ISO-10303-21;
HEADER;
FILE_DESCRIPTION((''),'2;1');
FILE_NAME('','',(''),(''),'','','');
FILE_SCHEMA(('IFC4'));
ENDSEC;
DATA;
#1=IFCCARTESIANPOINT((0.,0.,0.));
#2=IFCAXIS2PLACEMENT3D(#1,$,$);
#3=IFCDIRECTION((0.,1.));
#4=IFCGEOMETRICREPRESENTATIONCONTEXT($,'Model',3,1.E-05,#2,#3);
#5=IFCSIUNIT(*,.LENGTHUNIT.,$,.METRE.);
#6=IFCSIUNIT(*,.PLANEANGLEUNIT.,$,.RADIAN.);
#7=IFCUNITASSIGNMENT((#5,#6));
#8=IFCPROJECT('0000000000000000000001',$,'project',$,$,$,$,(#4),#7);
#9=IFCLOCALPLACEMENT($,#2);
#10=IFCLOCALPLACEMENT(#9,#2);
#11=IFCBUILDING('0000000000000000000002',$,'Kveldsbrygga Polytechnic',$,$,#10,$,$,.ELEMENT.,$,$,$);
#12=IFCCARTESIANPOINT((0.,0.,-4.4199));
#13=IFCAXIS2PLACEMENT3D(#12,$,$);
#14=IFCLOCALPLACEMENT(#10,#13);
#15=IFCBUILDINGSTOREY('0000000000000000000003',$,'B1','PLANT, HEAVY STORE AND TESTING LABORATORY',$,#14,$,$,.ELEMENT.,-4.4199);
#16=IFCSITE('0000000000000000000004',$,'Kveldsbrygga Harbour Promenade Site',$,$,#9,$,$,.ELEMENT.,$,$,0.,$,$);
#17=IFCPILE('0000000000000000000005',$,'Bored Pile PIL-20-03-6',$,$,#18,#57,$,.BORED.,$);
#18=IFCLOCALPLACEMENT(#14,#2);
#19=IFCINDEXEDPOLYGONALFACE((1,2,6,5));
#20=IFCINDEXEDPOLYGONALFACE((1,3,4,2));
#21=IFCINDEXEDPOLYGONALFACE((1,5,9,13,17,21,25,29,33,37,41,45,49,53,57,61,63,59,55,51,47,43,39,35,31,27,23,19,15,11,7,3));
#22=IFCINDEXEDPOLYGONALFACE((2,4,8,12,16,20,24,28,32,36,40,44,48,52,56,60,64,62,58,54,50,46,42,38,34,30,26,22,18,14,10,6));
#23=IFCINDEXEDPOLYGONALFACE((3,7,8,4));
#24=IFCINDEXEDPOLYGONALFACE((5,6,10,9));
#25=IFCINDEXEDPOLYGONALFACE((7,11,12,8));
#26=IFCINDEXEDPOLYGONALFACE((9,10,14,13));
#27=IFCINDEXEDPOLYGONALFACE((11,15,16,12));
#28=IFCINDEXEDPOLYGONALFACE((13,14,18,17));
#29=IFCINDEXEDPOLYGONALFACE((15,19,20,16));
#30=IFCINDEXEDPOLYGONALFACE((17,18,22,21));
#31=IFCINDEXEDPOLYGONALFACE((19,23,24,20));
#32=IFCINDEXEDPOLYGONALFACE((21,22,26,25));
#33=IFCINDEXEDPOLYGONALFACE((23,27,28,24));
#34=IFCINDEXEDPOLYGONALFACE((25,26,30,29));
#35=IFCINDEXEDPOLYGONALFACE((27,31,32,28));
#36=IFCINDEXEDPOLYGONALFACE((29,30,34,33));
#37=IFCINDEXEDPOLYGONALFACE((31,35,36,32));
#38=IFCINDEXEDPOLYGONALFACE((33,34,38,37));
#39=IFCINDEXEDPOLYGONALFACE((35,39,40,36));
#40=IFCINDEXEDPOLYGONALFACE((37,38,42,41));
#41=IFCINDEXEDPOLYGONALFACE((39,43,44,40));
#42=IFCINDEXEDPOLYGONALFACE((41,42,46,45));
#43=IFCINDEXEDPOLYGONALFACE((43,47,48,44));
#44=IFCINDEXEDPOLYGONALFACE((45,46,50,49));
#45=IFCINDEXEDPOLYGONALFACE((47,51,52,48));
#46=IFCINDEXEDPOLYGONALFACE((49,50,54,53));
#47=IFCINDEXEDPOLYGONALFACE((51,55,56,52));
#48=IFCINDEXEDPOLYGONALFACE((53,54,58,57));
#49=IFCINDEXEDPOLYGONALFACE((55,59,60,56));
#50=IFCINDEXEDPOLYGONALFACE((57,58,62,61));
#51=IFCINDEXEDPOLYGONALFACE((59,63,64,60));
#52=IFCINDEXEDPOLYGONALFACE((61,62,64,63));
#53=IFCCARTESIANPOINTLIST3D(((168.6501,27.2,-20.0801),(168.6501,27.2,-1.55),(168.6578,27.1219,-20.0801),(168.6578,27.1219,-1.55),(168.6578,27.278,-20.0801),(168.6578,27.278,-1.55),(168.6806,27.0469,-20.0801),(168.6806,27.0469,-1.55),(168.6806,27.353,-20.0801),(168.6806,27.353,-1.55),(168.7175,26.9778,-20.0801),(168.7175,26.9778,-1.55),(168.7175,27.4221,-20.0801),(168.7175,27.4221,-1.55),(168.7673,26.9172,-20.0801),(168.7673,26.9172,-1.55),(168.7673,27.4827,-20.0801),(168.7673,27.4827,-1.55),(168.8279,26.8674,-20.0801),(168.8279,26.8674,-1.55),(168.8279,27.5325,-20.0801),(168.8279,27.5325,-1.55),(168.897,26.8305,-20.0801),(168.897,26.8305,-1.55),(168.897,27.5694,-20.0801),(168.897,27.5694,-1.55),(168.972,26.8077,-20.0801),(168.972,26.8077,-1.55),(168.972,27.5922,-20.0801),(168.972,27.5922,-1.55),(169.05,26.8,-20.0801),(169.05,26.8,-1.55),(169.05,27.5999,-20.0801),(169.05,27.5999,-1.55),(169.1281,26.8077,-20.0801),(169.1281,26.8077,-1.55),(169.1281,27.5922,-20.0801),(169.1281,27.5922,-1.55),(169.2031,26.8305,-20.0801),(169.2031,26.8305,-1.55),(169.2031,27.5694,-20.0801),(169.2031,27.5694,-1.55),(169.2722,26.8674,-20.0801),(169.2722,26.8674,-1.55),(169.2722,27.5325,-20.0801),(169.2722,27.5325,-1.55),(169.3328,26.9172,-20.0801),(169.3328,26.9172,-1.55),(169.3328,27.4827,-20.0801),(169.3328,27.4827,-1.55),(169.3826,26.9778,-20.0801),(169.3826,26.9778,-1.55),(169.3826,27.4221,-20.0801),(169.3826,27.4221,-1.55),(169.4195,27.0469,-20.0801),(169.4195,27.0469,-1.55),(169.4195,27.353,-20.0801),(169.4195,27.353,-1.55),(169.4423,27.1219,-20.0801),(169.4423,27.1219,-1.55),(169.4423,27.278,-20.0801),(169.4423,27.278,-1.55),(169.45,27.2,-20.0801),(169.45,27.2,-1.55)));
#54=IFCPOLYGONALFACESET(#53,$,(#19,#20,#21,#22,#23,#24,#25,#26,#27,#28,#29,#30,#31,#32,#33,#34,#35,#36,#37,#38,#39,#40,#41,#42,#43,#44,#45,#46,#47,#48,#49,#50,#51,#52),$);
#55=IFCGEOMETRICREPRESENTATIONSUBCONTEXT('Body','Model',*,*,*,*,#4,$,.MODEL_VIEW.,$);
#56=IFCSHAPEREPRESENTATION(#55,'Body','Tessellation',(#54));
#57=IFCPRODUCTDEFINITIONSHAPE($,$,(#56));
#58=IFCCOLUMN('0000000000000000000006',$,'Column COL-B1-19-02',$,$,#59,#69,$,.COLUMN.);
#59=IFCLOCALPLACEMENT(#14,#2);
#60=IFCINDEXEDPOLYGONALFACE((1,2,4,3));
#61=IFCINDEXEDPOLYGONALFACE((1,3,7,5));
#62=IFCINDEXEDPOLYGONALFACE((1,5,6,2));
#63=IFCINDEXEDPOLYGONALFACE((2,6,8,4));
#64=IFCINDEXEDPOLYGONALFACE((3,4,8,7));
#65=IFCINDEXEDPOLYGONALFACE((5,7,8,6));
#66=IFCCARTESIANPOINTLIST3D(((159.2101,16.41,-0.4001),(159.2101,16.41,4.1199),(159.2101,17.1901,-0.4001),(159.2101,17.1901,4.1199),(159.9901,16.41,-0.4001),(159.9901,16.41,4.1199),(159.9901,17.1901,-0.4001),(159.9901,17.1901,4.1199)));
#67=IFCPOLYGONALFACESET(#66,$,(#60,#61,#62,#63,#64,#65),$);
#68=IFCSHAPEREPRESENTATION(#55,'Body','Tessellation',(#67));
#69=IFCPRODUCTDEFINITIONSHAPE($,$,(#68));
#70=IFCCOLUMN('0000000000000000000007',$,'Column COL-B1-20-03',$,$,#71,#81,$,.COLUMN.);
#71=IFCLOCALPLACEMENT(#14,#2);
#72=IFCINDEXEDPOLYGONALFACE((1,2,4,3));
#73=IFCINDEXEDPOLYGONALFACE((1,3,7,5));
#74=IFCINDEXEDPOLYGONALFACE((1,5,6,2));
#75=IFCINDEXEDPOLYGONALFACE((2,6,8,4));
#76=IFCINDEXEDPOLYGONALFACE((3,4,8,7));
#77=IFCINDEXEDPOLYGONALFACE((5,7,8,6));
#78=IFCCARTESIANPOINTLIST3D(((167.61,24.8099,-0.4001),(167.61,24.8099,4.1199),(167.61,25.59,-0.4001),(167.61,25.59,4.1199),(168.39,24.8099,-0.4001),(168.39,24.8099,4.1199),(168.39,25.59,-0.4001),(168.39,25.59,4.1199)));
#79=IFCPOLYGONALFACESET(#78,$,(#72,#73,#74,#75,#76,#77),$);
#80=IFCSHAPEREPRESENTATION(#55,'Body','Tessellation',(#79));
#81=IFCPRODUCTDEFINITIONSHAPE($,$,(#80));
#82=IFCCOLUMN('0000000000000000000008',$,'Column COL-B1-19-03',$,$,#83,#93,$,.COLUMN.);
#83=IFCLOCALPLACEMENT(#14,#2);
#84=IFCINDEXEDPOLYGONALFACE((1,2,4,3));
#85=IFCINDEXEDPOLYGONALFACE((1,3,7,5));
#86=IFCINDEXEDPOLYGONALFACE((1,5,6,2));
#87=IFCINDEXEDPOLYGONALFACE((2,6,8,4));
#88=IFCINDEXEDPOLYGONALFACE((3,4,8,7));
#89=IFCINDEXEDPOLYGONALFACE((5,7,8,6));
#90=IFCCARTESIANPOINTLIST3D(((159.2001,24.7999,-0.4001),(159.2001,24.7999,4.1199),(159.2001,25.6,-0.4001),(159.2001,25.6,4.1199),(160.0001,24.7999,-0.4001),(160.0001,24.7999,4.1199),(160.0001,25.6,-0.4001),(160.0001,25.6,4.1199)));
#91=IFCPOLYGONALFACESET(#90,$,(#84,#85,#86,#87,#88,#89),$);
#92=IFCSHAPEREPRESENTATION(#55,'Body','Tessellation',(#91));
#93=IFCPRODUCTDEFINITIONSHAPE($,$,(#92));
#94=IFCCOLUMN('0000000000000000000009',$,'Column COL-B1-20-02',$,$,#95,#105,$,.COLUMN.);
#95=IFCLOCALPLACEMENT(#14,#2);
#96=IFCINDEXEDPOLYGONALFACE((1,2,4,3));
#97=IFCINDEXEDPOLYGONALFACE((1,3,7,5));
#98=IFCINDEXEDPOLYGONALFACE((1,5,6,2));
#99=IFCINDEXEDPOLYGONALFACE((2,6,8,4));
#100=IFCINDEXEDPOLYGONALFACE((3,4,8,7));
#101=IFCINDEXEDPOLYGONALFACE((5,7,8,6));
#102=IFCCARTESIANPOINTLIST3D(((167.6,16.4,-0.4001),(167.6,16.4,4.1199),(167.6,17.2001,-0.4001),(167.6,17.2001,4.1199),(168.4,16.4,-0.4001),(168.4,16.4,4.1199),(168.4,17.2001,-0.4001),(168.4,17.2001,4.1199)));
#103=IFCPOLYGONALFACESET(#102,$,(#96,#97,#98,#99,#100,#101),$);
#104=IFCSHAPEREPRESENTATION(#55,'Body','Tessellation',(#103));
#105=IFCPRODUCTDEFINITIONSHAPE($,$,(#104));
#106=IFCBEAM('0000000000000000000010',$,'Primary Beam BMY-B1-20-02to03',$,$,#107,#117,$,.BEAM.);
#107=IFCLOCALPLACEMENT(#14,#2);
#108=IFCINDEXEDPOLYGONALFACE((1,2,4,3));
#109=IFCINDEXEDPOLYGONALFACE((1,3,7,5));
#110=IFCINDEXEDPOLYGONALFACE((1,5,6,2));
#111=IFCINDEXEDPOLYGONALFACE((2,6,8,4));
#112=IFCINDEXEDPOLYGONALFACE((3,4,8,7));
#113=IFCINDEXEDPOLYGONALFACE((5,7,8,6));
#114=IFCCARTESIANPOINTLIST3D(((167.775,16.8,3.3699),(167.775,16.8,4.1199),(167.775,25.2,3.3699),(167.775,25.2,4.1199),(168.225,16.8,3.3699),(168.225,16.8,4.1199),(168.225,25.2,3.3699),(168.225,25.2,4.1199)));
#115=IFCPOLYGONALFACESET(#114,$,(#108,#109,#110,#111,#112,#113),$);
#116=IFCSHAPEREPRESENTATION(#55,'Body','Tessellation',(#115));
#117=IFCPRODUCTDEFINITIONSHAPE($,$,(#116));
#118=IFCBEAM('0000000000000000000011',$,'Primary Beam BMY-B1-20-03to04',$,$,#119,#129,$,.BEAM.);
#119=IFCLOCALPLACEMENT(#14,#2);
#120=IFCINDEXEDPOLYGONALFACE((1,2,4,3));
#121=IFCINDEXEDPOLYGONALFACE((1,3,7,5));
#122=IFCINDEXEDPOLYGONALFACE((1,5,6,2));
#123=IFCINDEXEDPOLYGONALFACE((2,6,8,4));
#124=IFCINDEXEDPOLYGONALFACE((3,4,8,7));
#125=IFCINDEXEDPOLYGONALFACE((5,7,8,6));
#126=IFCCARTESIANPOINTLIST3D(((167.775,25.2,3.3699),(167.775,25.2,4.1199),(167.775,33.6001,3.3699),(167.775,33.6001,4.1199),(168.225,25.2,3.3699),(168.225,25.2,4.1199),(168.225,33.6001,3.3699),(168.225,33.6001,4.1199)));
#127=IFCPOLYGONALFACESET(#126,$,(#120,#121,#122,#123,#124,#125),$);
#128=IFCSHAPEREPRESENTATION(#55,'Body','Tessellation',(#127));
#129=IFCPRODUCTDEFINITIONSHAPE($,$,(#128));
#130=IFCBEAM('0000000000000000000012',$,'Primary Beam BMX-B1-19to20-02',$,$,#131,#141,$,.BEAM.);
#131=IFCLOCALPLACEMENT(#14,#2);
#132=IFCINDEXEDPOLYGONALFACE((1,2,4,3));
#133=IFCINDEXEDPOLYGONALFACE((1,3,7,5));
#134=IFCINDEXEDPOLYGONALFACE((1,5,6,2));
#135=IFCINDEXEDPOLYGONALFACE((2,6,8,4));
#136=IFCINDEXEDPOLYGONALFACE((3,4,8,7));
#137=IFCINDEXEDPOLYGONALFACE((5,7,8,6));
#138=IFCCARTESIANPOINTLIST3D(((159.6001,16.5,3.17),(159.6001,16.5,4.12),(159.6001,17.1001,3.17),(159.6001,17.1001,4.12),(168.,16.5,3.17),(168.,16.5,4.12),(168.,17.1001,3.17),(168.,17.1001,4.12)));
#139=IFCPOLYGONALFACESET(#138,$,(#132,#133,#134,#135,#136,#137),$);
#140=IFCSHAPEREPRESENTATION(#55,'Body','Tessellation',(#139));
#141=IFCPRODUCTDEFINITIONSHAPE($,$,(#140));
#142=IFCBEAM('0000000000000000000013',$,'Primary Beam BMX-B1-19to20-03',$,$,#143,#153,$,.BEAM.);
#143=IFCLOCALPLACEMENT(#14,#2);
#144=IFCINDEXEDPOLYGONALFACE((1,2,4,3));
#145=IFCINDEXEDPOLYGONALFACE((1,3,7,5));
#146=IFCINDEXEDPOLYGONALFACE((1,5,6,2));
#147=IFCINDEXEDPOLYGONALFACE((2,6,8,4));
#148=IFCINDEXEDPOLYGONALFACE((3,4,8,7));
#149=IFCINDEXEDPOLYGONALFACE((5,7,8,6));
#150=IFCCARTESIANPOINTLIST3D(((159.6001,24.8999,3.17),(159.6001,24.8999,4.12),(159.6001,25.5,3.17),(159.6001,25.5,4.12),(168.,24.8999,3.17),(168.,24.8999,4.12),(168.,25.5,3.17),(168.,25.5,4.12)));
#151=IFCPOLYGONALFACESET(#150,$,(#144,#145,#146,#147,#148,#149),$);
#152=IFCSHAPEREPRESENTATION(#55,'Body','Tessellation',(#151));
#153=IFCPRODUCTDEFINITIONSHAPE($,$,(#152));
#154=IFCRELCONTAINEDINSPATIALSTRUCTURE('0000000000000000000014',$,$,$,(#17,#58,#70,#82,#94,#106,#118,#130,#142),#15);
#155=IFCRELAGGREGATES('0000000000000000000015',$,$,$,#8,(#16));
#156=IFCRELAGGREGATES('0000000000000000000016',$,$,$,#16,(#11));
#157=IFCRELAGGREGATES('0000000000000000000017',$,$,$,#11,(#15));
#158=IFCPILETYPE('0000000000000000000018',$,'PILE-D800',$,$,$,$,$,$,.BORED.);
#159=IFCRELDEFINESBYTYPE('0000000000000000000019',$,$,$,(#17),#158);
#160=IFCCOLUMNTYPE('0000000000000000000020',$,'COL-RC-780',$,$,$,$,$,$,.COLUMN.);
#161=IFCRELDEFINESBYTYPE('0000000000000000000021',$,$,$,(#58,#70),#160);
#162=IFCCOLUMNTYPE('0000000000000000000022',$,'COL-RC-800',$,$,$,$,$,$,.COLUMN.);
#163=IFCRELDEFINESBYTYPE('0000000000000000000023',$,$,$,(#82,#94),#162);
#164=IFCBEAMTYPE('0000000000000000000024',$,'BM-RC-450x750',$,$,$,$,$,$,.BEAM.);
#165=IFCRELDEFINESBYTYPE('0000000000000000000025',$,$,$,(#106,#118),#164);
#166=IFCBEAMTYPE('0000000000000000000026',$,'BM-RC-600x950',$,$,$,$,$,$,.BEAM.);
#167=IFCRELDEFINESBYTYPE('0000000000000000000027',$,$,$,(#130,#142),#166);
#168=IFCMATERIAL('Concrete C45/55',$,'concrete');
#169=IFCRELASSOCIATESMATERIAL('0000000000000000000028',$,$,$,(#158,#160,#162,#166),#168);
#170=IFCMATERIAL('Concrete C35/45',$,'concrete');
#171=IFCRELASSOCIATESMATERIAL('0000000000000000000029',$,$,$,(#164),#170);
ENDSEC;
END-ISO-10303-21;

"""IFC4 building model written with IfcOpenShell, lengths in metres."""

from ifc_helpers import new_model, si_unit, direction, frame, origin, origin_2d, place, context, subcontext, project, spatial, rectangle, circle, extrude, material, material_profile, profile_set, type_object, element, save


model = new_model("IFC4")

# Units and contexts
model_context = context("Model", 3, precision=1e-05, world=origin(), true_north=direction((0.0, 1.0)))
body_context = subcontext(model_context, "Body", "Model", "MODEL_VIEW")
ifc_project = project(units=[si_unit("LENGTHUNIT", "METRE"), si_unit("PLANEANGLEUNIT", "RADIAN")], contexts=[model_context])

# Site, building, storey
site_placement = place(None, origin())
site = spatial("IfcSite", under=ifc_project, at=site_placement, Name="Kveldsbrygga Harbour Promenade Site", CompositionType="ELEMENT", RefElevation=0.0)
building_placement = place(site_placement, origin())
building = spatial("IfcBuilding", under=site, at=building_placement, Name="Kveldsbrygga Polytechnic", CompositionType="ELEMENT")
storey_placement = place(building_placement, frame((0.0, 0.0, -4.4199)))
storey = spatial("IfcBuildingStorey", under=building, at=storey_placement, Name="B1", Description="PLANT, HEAVY STORE AND TESTING LABORATORY", CompositionType="ELEMENT", Elevation=-4.4199)

# Shared definitions
ifc_material_1 = material(Name="Concrete C45/55", Category="concrete")

# Pile
ifc_material_profile_1 = material_profile(ifc_material_1, circle(Radius=0.3999, at=origin_2d()), Name="PILE D800")
ifc_profile_set_1 = profile_set([ifc_material_profile_1], Name="Concrete C45/55")
pile_type = type_object("IfcPileType", Name="PILE-D800", PredefinedType="BORED", material=ifc_profile_set_1)
for number, where, z_axis, x_axis, name in (
    (1, (169.05, 27.2, -1.55), (0.0, 0.0, -1.0), (1.0, 0.0, 0.0), "Bored Pile PIL-20-03-6"),
):
    element("IfcPile", number, at=place(storey_placement, frame(where, z_axis=z_axis, x_axis=x_axis)), inside=storey, type_object=pile_type, Name=name, PredefinedType="BORED", context=body_context, shape_type="SweptSolid", body=[
        extrude(circle(Radius=0.3999, at=origin_2d()), origin(), (0.0, 0.0, 1.0), 18.53),
    ])

# Columns
ifc_material_profile_2 = material_profile(ifc_material_1, rectangle(XDim=0.78, YDim=0.78, at=origin_2d()), Name="RC 780x780")
ifc_profile_set_2 = profile_set([ifc_material_profile_2], Name="Concrete C45/55")
column_type_1 = type_object("IfcColumnType", Name="COL-RC-780", PredefinedType="COLUMN", material=ifc_profile_set_2)
for number, where, z_axis, x_axis, name in (
    (2, (159.6001, 16.8, -0.4001), (0.0, 0.0, 1.0), (1.0, 0.0, 0.0), "Column COL-B1-19-02"),
    (3, (168.0, 25.2, -0.4001), (0.0, 0.0, 1.0), (1.0, 0.0, 0.0), "Column COL-B1-20-03"),
):
    element("IfcColumn", number, at=place(storey_placement, frame(where, z_axis=z_axis, x_axis=x_axis)), inside=storey, type_object=column_type_1, Name=name, PredefinedType="COLUMN", context=body_context, shape_type="SweptSolid", body=[
        extrude(rectangle(XDim=0.78, YDim=0.78, at=origin_2d()), origin(), (0.0, 0.0, 1.0), 4.52),
    ])
ifc_material_profile_3 = material_profile(ifc_material_1, rectangle(XDim=0.8, YDim=0.8, at=origin_2d()), Name="RC 800x800")
ifc_profile_set_3 = profile_set([ifc_material_profile_3], Name="Concrete C45/55")
column_type_2 = type_object("IfcColumnType", Name="COL-RC-800", PredefinedType="COLUMN", material=ifc_profile_set_3)
for number, where, z_axis, x_axis, name in (
    (4, (159.6001, 25.2, -0.4001), (0.0, 0.0, 1.0), (1.0, 0.0, 0.0), "Column COL-B1-19-03"),
    (5, (168.0, 16.8, -0.4001), (0.0, 0.0, 1.0), (1.0, 0.0, 0.0), "Column COL-B1-20-02"),
):
    element("IfcColumn", number, at=place(storey_placement, frame(where, z_axis=z_axis, x_axis=x_axis)), inside=storey, type_object=column_type_2, Name=name, PredefinedType="COLUMN", context=body_context, shape_type="SweptSolid", body=[
        extrude(rectangle(XDim=0.8, YDim=0.8, at=origin_2d()), origin(), (0.0, 0.0, 1.0), 4.52),
    ])

# Beams
ifc_material_2 = material(Name="Concrete C35/45", Category="concrete")
ifc_material_profile_4 = material_profile(ifc_material_2, rectangle(XDim=0.45, YDim=0.75, at=origin_2d()), Name="RC 450x750")
ifc_profile_set_4 = profile_set([ifc_material_profile_4], Name="Concrete C35/45")
beam_type_1 = type_object("IfcBeamType", Name="BM-RC-450x750", PredefinedType="BEAM", material=ifc_profile_set_4)
beam_1_placement = place(storey_placement, frame((168.0, 16.8, 3.7449), z_axis=(0.0, 1.0, 0.0), x_axis=(-1.0, 0.0, 0.0)))
element("IfcBeam", 6, at=beam_1_placement, inside=storey, type_object=beam_type_1, Name="Primary Beam BMY-B1-20-02to03", PredefinedType="BEAM", context=body_context, shape_type="SweptSolid", body=[
    extrude(rectangle(XDim=0.45, YDim=0.75, at=origin_2d()), origin(), (0.0, 0.0, 1.0), 8.3999),
])
beam_2_placement = place(storey_placement, frame((168.0, 25.2, 3.7449), z_axis=(0.0, 1.0, 0.0), x_axis=(-1.0, 0.0, 0.0)))
element("IfcBeam", 7, at=beam_2_placement, inside=storey, type_object=beam_type_1, Name="Primary Beam BMY-B1-20-03to04", PredefinedType="BEAM", context=body_context, shape_type="SweptSolid", body=[
    extrude(rectangle(XDim=0.45, YDim=0.75, at=origin_2d()), origin(), (0.0, 0.0, 1.0), 8.4001),
])
ifc_material_profile_5 = material_profile(ifc_material_1, rectangle(XDim=0.6001, YDim=0.95, at=origin_2d()), Name="RC 600x950")
ifc_profile_set_5 = profile_set([ifc_material_profile_5], Name="Concrete C45/55")
beam_type_2 = type_object("IfcBeamType", Name="BM-RC-600x950", PredefinedType="BEAM", material=ifc_profile_set_5)
for number, where, z_axis, x_axis, name in (
    (8, (159.6001, 16.8, 3.645), (1.0, 0.0, 0.0), (0.0, 1.0, 0.0), "Primary Beam BMX-B1-19to20-02"),
    (9, (159.6001, 25.2, 3.645), (1.0, 0.0, 0.0), (0.0, 1.0, 0.0), "Primary Beam BMX-B1-19to20-03"),
):
    element("IfcBeam", number, at=place(storey_placement, frame(where, z_axis=z_axis, x_axis=x_axis)), inside=storey, type_object=beam_type_2, Name=name, PredefinedType="BEAM", context=body_context, shape_type="SweptSolid", body=[
        extrude(rectangle(XDim=0.6001, YDim=0.95, at=origin_2d()), origin(), (0.0, 0.0, 1.0), 8.3999),
    ])

save(model, "model.ifc")
